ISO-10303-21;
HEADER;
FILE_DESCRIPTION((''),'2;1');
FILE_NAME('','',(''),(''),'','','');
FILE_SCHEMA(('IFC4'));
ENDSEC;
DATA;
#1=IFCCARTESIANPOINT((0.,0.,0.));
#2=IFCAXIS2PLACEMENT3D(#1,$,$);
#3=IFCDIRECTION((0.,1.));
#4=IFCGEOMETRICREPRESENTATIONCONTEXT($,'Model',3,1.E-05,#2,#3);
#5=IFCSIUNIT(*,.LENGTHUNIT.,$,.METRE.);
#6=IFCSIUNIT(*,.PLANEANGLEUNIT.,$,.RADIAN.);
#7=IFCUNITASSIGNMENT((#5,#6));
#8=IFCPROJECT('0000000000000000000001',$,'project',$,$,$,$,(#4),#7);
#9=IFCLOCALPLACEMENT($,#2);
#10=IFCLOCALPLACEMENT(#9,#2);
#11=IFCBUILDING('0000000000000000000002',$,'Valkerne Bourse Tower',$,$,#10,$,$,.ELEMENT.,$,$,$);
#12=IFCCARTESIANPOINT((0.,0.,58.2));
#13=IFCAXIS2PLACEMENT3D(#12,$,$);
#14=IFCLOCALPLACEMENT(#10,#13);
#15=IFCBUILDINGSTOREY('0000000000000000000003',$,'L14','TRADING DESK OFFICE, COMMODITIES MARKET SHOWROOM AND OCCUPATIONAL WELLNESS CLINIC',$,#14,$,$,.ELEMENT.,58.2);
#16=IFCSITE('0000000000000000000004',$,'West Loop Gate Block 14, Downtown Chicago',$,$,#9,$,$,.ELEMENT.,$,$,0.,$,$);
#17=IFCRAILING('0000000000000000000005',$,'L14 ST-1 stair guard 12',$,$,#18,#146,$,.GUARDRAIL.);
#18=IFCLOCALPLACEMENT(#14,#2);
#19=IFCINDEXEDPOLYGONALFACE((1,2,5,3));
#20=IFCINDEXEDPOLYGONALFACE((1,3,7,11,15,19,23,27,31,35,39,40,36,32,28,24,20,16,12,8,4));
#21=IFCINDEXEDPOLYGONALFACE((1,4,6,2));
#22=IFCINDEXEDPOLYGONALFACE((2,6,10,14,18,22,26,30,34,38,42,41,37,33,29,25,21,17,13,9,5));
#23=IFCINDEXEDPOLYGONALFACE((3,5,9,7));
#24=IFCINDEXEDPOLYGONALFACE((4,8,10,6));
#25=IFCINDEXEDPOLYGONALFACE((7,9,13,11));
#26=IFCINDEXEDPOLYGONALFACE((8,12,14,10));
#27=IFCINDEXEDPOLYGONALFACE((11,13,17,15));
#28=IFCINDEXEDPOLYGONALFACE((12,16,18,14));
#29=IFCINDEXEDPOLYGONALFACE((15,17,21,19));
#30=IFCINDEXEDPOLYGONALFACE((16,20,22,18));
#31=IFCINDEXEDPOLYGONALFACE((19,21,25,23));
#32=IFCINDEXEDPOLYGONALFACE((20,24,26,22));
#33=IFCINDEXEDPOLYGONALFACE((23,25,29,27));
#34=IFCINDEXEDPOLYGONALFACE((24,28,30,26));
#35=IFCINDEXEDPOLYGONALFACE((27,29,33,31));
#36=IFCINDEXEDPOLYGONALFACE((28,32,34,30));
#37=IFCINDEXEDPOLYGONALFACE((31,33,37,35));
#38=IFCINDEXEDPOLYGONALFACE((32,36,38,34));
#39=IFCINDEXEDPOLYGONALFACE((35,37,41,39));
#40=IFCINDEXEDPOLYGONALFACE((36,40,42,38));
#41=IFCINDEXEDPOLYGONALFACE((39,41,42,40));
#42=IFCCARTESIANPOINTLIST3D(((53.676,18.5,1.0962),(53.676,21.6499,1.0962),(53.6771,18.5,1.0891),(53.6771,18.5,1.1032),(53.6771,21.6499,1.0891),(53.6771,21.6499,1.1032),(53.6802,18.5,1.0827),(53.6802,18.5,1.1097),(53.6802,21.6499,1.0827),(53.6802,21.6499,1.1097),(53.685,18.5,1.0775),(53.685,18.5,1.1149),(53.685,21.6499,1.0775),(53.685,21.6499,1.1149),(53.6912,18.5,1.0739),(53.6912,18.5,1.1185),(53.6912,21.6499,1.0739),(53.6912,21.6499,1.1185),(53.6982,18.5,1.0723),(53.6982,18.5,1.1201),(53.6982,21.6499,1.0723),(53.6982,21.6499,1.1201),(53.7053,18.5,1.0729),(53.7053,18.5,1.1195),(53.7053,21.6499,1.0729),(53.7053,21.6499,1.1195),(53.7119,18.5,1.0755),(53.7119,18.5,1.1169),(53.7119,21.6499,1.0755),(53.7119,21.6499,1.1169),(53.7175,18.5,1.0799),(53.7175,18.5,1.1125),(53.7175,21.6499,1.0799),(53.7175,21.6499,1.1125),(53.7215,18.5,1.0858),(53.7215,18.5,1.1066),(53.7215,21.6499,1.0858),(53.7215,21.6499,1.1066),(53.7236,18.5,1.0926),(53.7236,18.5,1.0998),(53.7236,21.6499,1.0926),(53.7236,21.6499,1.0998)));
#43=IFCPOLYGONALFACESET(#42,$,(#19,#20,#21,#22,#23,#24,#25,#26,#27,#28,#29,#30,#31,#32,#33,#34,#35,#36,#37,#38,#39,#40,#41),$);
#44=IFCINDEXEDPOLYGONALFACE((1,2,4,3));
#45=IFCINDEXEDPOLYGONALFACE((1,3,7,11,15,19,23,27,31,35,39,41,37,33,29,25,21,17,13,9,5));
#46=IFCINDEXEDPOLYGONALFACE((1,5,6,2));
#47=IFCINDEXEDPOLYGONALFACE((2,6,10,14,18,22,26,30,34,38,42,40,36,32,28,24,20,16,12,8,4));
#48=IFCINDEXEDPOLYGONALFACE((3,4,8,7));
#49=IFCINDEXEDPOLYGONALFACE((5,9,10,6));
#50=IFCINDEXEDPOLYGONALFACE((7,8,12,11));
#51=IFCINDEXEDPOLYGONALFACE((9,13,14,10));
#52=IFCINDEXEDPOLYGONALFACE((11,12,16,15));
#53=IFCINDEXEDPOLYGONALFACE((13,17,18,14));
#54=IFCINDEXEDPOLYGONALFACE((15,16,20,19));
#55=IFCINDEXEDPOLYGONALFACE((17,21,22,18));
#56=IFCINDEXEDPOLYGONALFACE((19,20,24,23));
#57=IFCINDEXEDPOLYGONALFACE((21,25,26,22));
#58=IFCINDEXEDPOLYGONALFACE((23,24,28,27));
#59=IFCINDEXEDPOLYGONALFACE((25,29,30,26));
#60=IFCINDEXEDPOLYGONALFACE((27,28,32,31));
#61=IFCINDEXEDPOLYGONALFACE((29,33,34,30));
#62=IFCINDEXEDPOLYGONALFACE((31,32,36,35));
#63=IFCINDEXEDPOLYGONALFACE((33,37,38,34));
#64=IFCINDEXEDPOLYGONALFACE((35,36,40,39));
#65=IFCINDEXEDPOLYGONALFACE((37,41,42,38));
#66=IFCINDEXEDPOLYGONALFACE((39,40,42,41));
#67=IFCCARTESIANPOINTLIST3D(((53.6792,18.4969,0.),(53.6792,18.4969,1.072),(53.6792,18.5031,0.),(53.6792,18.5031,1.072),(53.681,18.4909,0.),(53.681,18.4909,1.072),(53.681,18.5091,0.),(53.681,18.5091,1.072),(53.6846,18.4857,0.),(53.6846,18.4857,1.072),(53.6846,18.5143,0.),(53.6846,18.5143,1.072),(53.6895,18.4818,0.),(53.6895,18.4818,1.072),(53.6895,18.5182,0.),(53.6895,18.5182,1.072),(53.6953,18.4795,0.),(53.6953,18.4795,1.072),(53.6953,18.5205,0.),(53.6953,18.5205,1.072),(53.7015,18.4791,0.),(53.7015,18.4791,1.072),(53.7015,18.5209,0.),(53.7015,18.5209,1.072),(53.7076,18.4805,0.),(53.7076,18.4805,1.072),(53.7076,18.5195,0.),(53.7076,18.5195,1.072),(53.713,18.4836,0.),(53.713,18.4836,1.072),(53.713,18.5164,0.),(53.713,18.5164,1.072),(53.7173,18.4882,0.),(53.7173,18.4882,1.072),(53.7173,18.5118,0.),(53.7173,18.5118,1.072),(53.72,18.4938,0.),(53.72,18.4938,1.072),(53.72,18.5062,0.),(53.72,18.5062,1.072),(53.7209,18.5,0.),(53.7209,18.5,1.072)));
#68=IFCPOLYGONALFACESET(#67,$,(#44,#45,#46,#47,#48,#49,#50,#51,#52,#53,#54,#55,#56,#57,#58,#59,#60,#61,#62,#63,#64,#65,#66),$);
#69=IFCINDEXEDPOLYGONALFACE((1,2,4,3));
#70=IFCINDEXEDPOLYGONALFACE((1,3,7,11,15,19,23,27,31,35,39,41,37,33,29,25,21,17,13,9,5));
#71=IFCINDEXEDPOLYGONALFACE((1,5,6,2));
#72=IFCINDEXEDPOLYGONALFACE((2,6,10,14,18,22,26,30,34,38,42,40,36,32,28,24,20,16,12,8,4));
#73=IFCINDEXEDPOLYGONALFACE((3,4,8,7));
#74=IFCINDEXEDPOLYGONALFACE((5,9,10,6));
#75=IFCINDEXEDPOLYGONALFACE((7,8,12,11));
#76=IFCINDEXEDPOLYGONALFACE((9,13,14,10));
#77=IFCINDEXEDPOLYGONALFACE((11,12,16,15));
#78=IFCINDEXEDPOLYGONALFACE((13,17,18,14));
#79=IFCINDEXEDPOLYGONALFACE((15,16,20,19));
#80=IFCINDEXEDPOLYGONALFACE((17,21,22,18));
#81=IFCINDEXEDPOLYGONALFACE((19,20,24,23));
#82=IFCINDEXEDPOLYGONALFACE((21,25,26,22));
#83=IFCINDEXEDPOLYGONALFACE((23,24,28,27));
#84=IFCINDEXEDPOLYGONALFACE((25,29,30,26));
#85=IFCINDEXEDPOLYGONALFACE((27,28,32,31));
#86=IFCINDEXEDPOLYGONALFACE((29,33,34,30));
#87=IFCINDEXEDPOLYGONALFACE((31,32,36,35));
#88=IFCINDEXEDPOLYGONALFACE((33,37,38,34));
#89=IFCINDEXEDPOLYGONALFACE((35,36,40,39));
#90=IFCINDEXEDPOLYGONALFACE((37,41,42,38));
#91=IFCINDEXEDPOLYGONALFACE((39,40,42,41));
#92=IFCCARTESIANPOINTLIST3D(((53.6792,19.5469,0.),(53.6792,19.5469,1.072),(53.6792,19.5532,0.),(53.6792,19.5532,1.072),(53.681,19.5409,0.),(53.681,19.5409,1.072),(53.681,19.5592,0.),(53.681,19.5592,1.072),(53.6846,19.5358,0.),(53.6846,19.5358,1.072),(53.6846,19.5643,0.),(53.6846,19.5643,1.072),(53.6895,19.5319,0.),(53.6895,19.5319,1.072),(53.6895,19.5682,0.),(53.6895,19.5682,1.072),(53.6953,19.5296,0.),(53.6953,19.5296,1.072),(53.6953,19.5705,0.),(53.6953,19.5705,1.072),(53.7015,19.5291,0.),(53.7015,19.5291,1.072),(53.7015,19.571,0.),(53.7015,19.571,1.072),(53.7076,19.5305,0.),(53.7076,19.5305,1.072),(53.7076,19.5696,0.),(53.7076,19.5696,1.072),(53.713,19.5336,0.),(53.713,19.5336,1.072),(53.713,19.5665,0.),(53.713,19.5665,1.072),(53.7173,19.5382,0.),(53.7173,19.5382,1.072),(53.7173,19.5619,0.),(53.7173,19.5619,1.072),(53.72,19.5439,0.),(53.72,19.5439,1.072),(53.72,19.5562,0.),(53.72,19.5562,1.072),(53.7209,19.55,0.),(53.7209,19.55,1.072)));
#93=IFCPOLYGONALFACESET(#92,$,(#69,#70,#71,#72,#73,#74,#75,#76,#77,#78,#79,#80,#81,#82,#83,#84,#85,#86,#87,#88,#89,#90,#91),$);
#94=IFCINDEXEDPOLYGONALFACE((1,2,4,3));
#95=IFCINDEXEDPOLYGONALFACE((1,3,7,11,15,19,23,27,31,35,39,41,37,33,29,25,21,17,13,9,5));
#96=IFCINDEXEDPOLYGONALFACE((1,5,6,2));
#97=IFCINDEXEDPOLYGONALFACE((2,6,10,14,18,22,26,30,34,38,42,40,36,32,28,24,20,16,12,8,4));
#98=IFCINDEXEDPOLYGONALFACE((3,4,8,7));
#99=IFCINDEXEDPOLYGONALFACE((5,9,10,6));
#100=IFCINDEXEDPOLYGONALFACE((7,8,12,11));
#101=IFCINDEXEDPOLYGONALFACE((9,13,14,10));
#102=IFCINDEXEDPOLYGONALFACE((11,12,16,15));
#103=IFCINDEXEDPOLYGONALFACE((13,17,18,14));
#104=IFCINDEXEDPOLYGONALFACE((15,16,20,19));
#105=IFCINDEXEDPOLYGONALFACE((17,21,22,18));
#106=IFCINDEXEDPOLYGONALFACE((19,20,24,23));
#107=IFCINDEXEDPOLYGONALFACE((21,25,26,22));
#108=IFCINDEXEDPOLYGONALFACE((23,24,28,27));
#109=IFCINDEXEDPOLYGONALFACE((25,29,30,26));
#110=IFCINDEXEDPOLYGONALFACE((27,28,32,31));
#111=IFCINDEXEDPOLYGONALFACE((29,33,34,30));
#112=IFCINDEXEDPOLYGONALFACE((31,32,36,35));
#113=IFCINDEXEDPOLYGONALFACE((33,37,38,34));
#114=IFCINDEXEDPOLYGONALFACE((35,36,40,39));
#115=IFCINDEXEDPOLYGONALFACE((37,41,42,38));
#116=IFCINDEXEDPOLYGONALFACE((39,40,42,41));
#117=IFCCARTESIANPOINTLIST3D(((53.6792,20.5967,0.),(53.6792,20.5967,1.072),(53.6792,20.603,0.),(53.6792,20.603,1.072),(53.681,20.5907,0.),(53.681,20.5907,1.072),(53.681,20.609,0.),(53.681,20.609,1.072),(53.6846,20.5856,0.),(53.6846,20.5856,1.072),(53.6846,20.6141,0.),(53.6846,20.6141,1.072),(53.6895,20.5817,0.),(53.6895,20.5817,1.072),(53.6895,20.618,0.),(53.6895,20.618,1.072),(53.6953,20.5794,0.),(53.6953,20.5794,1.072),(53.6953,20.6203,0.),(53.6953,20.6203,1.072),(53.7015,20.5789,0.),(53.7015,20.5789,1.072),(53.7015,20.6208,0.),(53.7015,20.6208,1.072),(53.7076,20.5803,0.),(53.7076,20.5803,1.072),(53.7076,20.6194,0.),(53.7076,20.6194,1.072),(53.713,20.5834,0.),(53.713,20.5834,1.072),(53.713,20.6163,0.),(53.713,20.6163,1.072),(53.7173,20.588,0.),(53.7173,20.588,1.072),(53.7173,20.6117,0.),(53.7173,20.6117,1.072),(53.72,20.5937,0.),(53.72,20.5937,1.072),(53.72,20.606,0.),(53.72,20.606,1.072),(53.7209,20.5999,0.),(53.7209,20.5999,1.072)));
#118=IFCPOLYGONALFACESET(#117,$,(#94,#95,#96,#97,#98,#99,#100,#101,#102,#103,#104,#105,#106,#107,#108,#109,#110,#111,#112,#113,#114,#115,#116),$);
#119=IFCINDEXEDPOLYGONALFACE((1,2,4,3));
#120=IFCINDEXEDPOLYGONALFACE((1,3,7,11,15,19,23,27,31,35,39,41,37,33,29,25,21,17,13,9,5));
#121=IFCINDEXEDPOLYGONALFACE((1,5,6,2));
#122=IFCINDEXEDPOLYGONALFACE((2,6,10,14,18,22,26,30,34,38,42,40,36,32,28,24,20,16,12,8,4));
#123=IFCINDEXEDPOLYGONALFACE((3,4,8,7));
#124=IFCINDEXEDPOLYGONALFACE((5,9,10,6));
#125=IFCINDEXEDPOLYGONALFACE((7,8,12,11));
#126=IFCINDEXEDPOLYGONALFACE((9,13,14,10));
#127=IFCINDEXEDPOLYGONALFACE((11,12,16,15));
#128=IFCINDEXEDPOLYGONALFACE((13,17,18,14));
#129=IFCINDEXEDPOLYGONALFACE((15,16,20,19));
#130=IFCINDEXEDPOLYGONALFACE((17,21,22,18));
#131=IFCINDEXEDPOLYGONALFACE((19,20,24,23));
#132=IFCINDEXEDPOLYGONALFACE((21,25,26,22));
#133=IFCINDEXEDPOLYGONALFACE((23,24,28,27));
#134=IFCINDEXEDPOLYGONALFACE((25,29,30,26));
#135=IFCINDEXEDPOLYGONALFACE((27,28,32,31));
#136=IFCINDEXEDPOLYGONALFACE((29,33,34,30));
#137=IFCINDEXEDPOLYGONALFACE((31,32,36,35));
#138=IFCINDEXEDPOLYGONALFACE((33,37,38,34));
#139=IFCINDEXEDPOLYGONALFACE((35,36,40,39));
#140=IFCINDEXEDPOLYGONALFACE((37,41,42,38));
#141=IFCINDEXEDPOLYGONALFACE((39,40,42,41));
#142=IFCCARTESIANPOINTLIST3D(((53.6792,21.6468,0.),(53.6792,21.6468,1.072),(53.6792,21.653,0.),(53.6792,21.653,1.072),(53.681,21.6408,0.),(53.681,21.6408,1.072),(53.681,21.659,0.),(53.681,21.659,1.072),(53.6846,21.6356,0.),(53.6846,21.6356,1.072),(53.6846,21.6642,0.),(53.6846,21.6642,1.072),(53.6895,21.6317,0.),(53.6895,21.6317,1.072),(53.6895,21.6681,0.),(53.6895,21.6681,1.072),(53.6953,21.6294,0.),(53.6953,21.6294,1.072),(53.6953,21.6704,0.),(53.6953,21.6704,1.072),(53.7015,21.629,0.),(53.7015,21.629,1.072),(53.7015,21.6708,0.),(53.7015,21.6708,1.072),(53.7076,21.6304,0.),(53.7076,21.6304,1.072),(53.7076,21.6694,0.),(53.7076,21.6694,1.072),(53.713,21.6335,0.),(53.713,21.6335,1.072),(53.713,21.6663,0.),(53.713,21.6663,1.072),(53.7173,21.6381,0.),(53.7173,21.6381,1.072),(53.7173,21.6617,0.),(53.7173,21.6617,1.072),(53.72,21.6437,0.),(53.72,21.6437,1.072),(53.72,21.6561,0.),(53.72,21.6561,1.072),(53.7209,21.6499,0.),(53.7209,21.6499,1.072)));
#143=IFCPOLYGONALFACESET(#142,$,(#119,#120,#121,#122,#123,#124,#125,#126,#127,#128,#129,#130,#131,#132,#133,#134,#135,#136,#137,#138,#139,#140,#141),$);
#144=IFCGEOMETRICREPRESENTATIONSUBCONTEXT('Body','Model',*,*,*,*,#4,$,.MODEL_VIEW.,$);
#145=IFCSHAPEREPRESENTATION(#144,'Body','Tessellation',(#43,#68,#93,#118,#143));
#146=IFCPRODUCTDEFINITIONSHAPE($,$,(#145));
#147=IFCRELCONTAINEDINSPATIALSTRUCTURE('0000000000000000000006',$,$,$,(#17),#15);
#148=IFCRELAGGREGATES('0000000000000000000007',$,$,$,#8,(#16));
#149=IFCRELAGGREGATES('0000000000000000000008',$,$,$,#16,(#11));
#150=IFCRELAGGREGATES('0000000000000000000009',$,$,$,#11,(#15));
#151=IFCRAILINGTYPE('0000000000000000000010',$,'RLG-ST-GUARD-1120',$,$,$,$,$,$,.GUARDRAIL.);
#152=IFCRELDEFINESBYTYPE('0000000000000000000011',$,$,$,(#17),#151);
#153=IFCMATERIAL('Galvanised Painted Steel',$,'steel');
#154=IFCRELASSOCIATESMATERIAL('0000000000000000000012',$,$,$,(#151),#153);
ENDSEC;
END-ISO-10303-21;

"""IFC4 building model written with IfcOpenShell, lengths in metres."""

from ifc_helpers import new_model, si_unit, direction, frame, origin, origin_2d, place, context, subcontext, project, spatial, circle, extrude, material, type_object, element, save


model = new_model("IFC4")

# Units and contexts
model_context = context("Model", 3, precision=1e-05, world=origin(), true_north=direction((0.0, 1.0)))
body_context = subcontext(model_context, "Body", "Model", "MODEL_VIEW")
ifc_project = project(units=[si_unit("LENGTHUNIT", "METRE"), si_unit("PLANEANGLEUNIT", "RADIAN")], contexts=[model_context])

# Site, building, storey
site_placement = place(None, origin())
site = spatial("IfcSite", under=ifc_project, at=site_placement, Name="West Loop Gate Block 14, Downtown Chicago", CompositionType="ELEMENT", RefElevation=0.0)
building_placement = place(site_placement, origin())
building = spatial("IfcBuilding", under=site, at=building_placement, Name="Valkerne Bourse Tower", CompositionType="ELEMENT")
storey_placement = place(building_placement, frame((0.0, 0.0, 58.2)))
storey = spatial("IfcBuildingStorey", under=building, at=storey_placement, Name="L14", Description="TRADING DESK OFFICE, COMMODITIES MARKET SHOWROOM AND OCCUPATIONAL WELLNESS CLINIC", CompositionType="ELEMENT", Elevation=58.2)

# Shared definitions
ifc_material_1 = material(Name="Galvanised Painted Steel", Category="steel")

# Railing
railing_type = type_object("IfcRailingType", Name="RLG-ST-GUARD-1120", PredefinedType="GUARDRAIL", material=ifc_material_1)
railing_1_placement = place(storey_placement, frame((53.7, 18.5, 0.0)))
element("IfcRailing", 1, at=railing_1_placement, inside=storey, type_object=railing_type, Name="L14 ST-1 stair guard 12", PredefinedType="GUARDRAIL", context=body_context, shape_type="SweptSolid", body=[
    extrude(circle(Radius=0.0239, at=origin_2d()), frame((0.0, 0.0, 1.0962), z_axis=(0.0, 1.0, 0.0), x_axis=(-1.0, 0.0, 0.0)), (0.0, 0.0, 1.0), 3.1499),
    extrude(circle(Radius=0.021, at=origin_2d()), origin(), (0.0, 0.0, 1.0), 1.072),
    extrude(circle(Radius=0.021, at=origin_2d()), frame((0.0, 1.05, 0.0)), (0.0, 0.0, 1.0), 1.072),
    extrude(circle(Radius=0.021, at=origin_2d()), frame((0.0, 2.0999, 0.0)), (0.0, 0.0, 1.0), 1.072),
    extrude(circle(Radius=0.021, at=origin_2d()), frame((0.0, 3.1499, 0.0)), (0.0, 0.0, 1.0), 1.072),
])

save(model, "model.ifc")
